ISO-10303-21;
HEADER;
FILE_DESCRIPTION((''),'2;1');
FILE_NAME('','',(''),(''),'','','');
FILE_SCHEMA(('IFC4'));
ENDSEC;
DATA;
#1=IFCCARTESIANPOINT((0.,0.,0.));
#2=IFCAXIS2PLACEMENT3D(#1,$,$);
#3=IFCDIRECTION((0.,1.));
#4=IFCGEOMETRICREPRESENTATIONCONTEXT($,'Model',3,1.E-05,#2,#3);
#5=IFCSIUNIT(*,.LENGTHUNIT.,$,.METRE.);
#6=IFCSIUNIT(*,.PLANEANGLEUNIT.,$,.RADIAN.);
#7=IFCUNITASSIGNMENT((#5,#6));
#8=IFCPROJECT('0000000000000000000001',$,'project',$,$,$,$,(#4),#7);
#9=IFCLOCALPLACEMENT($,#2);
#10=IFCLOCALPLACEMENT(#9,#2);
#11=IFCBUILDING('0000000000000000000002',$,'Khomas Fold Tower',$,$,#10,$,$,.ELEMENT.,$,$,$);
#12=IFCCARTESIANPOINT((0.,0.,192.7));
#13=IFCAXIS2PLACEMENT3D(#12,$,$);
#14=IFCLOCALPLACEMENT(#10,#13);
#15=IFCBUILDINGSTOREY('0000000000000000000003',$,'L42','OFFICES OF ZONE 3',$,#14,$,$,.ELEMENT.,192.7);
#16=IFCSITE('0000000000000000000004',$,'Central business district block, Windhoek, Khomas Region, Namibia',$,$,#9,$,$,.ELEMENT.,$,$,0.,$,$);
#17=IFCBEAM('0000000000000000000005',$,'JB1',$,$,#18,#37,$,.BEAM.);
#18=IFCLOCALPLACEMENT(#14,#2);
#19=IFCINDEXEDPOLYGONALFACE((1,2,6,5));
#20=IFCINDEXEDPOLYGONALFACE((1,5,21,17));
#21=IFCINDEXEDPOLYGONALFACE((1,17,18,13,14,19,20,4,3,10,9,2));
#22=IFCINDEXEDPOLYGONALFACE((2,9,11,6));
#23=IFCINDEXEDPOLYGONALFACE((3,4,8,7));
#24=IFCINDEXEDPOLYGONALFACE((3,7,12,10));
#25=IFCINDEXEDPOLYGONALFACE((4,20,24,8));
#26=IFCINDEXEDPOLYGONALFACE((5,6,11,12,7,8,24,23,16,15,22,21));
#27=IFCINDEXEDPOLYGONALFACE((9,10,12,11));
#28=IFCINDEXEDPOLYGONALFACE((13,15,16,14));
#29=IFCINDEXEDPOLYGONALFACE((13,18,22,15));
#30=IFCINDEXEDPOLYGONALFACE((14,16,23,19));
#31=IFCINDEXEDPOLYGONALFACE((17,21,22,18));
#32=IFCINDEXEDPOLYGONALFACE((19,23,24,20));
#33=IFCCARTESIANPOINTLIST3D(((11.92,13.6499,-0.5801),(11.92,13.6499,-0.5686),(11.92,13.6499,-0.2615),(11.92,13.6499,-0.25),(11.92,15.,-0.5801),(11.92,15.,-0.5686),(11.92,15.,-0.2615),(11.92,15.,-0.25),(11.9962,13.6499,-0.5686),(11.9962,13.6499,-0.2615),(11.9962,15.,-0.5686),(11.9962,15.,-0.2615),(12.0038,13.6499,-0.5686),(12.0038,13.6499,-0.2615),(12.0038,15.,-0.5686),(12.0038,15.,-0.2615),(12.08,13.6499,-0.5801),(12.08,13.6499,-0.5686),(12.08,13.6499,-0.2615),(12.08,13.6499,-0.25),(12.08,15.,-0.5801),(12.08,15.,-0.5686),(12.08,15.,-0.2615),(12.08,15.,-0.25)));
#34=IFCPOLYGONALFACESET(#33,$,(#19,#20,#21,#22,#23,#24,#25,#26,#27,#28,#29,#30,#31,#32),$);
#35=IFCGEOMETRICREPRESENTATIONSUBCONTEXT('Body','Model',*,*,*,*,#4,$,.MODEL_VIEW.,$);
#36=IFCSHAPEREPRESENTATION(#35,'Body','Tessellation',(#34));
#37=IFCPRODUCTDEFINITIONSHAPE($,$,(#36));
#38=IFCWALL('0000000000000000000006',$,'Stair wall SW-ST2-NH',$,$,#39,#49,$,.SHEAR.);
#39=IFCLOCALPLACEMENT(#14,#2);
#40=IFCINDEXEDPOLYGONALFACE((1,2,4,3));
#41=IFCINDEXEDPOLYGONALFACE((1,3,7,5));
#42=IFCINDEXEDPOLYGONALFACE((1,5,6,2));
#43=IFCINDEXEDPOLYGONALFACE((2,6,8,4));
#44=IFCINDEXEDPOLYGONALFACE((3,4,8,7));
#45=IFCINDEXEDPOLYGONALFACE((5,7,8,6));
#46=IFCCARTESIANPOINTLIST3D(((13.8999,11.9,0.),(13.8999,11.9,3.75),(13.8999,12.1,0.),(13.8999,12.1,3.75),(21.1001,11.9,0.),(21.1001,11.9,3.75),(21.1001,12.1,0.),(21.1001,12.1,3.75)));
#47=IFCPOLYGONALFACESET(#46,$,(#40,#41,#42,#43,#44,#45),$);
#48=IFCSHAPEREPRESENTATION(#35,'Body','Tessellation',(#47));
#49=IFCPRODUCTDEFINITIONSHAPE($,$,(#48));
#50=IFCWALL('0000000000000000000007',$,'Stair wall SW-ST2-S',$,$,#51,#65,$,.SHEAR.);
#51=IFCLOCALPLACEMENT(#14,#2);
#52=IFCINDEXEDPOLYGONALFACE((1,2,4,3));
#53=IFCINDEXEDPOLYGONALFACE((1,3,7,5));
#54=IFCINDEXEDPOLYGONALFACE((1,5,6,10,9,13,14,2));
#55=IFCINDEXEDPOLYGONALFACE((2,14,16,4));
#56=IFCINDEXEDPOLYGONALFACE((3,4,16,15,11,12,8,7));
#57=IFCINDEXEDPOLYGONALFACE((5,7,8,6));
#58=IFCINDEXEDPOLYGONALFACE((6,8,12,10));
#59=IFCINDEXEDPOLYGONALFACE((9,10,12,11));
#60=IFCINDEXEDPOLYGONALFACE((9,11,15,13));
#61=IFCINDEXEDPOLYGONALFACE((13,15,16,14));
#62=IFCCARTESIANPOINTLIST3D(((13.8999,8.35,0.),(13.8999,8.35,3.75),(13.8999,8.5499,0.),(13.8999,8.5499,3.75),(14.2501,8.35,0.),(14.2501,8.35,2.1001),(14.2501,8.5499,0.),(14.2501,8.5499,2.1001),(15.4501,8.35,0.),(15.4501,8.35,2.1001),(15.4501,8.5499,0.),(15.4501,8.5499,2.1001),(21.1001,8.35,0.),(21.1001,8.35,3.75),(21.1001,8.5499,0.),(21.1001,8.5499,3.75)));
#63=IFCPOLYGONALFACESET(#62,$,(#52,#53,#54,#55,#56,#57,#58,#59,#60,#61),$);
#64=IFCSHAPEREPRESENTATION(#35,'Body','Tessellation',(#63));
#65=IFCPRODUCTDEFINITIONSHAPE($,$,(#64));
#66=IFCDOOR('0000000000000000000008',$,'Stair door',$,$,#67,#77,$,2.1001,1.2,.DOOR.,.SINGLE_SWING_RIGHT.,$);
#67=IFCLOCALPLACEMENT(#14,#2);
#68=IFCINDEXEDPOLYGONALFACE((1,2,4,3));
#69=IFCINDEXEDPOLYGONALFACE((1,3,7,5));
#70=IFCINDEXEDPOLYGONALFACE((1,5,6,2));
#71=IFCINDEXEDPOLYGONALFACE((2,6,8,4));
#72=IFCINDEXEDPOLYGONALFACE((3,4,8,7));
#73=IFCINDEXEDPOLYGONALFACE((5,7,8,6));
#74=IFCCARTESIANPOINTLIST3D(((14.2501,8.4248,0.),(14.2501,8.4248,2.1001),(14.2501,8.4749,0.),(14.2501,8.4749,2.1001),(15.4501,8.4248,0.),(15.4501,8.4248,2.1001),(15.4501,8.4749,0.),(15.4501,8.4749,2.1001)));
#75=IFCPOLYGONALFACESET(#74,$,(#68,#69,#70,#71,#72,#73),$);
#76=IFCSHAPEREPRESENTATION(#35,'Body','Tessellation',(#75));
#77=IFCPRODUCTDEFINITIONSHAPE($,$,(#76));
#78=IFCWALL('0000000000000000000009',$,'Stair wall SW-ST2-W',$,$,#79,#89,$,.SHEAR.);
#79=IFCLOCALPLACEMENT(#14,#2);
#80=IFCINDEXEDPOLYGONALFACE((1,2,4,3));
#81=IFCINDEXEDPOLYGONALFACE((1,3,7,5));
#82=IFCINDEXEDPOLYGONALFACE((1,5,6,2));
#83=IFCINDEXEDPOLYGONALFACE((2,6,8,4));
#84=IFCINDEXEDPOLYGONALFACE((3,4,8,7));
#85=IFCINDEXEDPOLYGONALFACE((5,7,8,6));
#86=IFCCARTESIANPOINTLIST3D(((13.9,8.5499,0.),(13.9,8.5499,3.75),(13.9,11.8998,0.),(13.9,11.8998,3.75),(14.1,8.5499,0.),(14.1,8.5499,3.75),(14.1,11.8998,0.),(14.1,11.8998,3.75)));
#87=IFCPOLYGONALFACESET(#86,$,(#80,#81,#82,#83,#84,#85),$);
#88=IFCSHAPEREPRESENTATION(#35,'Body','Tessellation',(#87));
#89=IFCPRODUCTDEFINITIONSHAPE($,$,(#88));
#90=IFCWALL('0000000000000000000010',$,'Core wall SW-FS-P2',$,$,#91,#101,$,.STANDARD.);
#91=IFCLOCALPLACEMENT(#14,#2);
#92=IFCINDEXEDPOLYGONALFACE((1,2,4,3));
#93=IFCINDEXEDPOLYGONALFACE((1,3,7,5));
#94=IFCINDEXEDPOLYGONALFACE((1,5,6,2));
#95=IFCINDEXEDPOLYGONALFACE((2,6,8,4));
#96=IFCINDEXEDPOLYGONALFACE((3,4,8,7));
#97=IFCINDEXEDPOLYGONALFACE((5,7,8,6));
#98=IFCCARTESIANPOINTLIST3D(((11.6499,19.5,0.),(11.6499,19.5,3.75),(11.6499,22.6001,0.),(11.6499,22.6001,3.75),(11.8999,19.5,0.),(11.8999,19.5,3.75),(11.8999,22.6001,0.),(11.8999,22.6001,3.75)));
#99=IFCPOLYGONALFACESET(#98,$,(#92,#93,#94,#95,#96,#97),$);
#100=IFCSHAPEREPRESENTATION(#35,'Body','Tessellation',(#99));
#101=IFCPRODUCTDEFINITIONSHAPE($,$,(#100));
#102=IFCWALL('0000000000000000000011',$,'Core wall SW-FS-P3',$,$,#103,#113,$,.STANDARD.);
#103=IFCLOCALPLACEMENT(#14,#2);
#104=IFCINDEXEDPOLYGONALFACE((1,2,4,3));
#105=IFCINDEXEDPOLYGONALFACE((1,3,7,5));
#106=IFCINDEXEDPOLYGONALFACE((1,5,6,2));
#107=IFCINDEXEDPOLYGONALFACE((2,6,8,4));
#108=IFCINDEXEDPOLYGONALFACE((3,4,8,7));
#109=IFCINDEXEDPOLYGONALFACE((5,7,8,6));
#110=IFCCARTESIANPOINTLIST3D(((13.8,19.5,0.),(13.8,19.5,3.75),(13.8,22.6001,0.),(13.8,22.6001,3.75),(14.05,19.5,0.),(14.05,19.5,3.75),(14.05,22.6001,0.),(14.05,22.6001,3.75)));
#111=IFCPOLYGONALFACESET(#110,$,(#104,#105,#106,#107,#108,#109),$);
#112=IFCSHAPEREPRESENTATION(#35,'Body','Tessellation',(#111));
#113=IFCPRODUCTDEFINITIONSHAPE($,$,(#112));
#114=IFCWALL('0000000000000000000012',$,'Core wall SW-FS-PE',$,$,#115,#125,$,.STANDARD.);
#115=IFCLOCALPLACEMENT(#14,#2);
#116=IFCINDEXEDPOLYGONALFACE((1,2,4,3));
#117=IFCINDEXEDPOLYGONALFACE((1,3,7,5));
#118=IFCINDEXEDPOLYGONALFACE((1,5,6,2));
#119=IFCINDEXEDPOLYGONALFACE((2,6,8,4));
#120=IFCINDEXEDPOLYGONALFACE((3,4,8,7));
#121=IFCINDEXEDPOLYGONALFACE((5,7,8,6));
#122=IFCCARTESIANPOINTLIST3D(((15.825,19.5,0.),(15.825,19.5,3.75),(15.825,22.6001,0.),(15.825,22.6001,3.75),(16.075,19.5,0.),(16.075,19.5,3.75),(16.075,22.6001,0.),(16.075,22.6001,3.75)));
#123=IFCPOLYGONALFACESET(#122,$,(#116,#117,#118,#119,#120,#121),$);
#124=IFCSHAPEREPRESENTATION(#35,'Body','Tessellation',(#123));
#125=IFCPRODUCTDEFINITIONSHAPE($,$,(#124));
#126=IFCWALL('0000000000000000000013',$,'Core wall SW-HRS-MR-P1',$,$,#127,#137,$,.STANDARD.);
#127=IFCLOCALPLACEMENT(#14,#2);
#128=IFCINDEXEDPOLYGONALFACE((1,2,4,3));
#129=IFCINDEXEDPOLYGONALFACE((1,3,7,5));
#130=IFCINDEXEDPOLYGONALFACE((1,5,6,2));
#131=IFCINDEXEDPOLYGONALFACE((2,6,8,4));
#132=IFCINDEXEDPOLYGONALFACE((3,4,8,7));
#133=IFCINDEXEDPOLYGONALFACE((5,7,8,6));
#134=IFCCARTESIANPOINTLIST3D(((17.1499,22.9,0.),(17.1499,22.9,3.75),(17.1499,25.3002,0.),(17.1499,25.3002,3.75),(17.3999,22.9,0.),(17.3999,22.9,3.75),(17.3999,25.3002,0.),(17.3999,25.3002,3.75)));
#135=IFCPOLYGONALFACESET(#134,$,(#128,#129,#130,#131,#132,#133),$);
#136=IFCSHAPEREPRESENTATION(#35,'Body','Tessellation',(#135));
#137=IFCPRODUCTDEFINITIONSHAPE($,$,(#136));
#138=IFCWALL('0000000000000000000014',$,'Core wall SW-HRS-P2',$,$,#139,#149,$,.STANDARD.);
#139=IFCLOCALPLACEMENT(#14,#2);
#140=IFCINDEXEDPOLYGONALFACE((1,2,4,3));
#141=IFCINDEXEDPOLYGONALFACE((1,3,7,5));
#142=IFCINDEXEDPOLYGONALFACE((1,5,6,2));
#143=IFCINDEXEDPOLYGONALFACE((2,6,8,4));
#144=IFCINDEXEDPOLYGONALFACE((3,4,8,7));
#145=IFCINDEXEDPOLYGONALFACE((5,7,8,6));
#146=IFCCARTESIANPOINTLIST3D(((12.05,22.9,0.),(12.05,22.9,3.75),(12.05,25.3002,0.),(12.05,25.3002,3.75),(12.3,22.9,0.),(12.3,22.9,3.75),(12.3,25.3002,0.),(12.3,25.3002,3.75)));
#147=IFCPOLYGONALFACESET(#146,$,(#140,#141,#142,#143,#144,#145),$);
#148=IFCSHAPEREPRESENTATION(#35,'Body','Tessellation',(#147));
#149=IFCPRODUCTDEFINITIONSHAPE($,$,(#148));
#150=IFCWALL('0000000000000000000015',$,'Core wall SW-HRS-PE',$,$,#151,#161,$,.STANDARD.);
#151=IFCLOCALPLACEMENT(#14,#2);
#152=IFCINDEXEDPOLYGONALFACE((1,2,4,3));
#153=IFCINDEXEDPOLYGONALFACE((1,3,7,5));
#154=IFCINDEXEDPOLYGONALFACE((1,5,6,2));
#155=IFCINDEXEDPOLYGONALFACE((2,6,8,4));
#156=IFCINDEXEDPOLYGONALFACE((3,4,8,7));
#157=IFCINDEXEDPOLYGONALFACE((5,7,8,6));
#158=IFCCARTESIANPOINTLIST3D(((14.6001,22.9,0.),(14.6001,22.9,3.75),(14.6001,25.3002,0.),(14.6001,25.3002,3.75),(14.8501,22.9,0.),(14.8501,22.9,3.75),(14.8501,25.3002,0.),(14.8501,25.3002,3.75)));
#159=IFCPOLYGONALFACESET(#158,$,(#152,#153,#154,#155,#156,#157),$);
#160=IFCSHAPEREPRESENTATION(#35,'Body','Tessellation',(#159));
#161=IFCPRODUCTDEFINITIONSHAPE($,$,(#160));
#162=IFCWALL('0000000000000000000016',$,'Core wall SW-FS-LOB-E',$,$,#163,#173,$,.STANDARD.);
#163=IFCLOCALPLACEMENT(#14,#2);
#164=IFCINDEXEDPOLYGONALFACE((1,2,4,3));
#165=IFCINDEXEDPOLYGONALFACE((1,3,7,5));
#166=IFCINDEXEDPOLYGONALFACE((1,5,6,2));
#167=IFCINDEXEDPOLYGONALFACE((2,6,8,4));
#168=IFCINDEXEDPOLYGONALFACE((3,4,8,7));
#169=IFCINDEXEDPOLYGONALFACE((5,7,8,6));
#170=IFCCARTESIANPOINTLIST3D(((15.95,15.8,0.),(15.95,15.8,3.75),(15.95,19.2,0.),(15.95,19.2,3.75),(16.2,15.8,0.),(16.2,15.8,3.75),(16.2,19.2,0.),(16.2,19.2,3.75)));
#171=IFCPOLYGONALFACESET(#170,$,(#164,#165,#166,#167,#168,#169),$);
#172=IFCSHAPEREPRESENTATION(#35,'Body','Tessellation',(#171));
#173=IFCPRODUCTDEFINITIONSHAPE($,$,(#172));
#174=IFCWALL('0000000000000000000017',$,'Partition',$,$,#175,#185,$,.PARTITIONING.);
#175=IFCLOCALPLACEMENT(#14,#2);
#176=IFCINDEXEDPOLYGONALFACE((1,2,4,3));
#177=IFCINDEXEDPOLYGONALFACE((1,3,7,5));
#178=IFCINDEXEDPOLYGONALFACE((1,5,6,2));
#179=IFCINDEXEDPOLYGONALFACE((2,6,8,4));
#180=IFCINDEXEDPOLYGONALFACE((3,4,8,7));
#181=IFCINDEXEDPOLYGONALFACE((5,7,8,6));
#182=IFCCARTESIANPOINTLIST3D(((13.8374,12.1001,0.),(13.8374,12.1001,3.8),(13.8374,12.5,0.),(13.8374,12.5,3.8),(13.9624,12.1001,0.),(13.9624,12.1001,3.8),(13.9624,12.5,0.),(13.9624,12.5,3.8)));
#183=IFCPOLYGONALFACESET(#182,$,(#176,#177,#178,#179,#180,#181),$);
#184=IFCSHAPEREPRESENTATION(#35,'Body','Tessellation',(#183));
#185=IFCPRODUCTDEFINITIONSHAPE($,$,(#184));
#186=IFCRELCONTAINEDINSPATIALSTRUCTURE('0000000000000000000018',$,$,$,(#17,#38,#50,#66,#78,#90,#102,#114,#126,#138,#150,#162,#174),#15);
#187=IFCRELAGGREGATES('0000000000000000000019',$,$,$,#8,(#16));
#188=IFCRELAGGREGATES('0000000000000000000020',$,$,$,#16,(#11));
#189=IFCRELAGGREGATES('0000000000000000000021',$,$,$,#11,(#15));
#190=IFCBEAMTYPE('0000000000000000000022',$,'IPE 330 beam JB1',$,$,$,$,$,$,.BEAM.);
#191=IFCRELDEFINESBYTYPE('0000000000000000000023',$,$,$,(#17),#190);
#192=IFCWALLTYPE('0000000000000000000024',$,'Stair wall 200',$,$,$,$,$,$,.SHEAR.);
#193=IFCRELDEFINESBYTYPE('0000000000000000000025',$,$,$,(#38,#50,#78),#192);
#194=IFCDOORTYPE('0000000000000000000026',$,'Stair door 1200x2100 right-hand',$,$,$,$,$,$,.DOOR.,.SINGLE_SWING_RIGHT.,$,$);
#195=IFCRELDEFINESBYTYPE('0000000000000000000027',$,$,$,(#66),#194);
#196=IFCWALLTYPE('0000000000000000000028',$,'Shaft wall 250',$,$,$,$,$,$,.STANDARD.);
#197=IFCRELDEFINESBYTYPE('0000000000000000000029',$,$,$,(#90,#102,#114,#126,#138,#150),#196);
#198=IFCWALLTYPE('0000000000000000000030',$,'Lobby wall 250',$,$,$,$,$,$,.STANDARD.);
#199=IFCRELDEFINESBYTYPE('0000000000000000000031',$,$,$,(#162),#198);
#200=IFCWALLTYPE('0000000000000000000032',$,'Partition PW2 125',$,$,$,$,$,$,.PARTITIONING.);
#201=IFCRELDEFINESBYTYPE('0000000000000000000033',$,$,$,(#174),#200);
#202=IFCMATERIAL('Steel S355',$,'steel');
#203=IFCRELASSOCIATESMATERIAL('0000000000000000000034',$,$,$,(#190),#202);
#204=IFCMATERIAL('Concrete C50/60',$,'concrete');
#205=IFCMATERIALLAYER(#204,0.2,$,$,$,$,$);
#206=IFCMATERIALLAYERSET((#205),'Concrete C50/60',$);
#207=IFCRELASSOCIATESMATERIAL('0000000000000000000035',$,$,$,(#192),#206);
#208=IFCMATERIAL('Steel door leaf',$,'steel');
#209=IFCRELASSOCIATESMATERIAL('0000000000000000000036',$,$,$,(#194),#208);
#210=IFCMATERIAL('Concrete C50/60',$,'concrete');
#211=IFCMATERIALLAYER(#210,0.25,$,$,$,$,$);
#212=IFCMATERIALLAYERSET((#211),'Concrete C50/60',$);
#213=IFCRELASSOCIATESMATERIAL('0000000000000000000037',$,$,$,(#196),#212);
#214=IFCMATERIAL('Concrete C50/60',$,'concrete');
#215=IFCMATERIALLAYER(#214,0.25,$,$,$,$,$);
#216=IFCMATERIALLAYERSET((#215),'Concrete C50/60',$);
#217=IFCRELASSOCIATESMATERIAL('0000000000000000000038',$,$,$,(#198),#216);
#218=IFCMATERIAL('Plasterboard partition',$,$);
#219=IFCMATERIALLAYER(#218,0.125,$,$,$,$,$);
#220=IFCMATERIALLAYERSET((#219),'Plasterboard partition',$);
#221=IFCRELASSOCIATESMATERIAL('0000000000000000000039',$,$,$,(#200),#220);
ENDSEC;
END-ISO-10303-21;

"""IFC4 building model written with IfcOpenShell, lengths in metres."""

from ifc_helpers import new_model, si_unit, direction, frame, frame_2d, origin, origin_2d, place, context, subcontext, project, spatial, rectangle, i_section, extrude, source, transform, mapped, material, layer, layer_set, material_profile, profile_set, type_object, element, fill, save


model = new_model("IFC4")

# Units and contexts
model_context = context("Model", 3, precision=1e-05, world=origin(), true_north=direction((0.0, 1.0)))
body_context = subcontext(model_context, "Body", "Model", "MODEL_VIEW")
ifc_project = project(units=[si_unit("LENGTHUNIT", "METRE"), si_unit("PLANEANGLEUNIT", "RADIAN")], contexts=[model_context])

# Site, building, storey
site_placement = place(None, origin())
site = spatial("IfcSite", under=ifc_project, at=site_placement, Name="Central business district block, Windhoek, Khomas Region, Namibia", CompositionType="ELEMENT", RefElevation=0.0)
building_placement = place(site_placement, origin())
building = spatial("IfcBuilding", under=site, at=building_placement, Name="Khomas Fold Tower", CompositionType="ELEMENT")
storey_placement = place(building_placement, frame((0.0, 0.0, 192.7)))
storey = spatial("IfcBuildingStorey", under=building, at=storey_placement, Name="L42", Description="OFFICES OF ZONE 3", CompositionType="ELEMENT", Elevation=192.7)

# Beam
ifc_material_1 = material(Name="Steel S355", Category="steel")
ifc_material_profile = material_profile(ifc_material_1, i_section(OverallWidth=0.1599, OverallDepth=0.3301, WebThickness=0.0076, FlangeThickness=0.0115, at=origin_2d()), Name="IPE 330")
ifc_profile_set = profile_set([ifc_material_profile], Name="Steel S355")
beam_type = type_object("IfcBeamType", Name="IPE 330 beam JB1", PredefinedType="BEAM", material=ifc_profile_set)
shared_shape_1 = source(origin(), body_context, "Body", "SweptSolid", [
    extrude(i_section(OverallWidth=0.1599, OverallDepth=0.3301, WebThickness=0.0076, FlangeThickness=0.0115, at=origin_2d()), origin(), (0.0, 0.0, 1.0), 1.3501),
])
beam_placement = place(storey_placement, frame((12.0, 13.6499, -0.415), z_axis=(0.0, 1.0, 0.0), x_axis=(-1.0, 0.0, 0.0)))
element("IfcBeam", 1, at=beam_placement, inside=storey, type_object=beam_type, Name="JB1", PredefinedType="BEAM", context=body_context, shape_type="MappedRepresentation", body=[
    mapped(shared_shape_1, transform((0.0, 0.0, 0.0))),
])

# Wall
ifc_material_2 = material(Name="Concrete C50/60", Category="concrete")
ifc_layer_1 = layer(ifc_material_2, 0.2)
ifc_layer_set_1 = layer_set([ifc_layer_1], Name="Concrete C50/60")
wall_type_1 = type_object("IfcWallType", Name="Stair wall 200", PredefinedType="SHEAR", material=ifc_layer_set_1)
shared_shape_2 = source(origin(), body_context, "Body", "SweptSolid", [
    extrude(rectangle(XDim=7.2002, YDim=0.2, at=frame_2d((3.6001, 0.0))), origin(), (0.0, 0.0, 1.0), 3.75),
])
wall_1_placement = place(storey_placement, frame((13.8999, 12.0, 0.0), z_axis=(0.0, 0.0, 1.0), x_axis=(1.0, 0.0, 0.0)))
element("IfcWall", 2, at=wall_1_placement, inside=storey, type_object=wall_type_1, Name="Stair wall SW-ST2-NH", PredefinedType="SHEAR", context=body_context, shape_type="MappedRepresentation", body=[
    mapped(shared_shape_2, transform((0.0, 0.0, 0.0))),
])

# Wall, opening, door
wall_2_placement = place(storey_placement, frame((13.8999, 8.45, 0.0), z_axis=(0.0, 0.0, 1.0), x_axis=(1.0, 0.0, 0.0)))
wall_2 = element("IfcWall", 3, at=wall_2_placement, inside=storey, type_object=wall_type_1, Name="Stair wall SW-ST2-S", PredefinedType="SHEAR", context=body_context, shape_type="MappedRepresentation", body=[
    mapped(shared_shape_2, transform((0.0, 0.0, 0.0))),
])
shared_shape_3 = source(origin(), body_context, "Body", "SweptSolid", [
    extrude(rectangle(XDim=1.2, YDim=2.1001, at=frame_2d((0.6001, 1.05))), frame((0.0, 0.1099, 0.0), z_axis=(0.0, -1.0, 0.0), x_axis=(1.0, 0.0, 0.0)), (0.0, 0.0, 1.0), 0.22),
])
opening_placement = place(wall_2_placement, frame((0.3501, 0.0, 0.0)))
opening = element("IfcOpeningElement", 4, at=opening_placement, cuts=wall_2, PredefinedType="OPENING", context=body_context, shape_type="MappedRepresentation", body=[
    mapped(shared_shape_3, transform((0.0, 0.0, 0.0))),
])
ifc_material_3 = material(Name="Steel door leaf", Category="steel")
door_type = type_object("IfcDoorType", Name="Stair door 1200x2100 right-hand", OperationType="SINGLE_SWING_RIGHT", PredefinedType="DOOR", material=ifc_material_3)
shared_shape_4 = source(origin(), body_context, "Body", "SweptSolid", [
    extrude(rectangle(XDim=1.2, YDim=2.1001, at=frame_2d((0.6001, 1.05))), frame((0.0, 0.0249, 0.0), z_axis=(0.0, -1.0, 0.0), x_axis=(1.0, 0.0, 0.0)), (0.0, 0.0, 1.0), 0.05),
])
door_placement = place(opening_placement, origin())
door = element("IfcDoor", 5, at=door_placement, inside=storey, type_object=door_type, Name="Stair door", OperationType="SINGLE_SWING_RIGHT", OverallHeight=2.1001, OverallWidth=1.2, PredefinedType="DOOR", context=body_context, shape_type="MappedRepresentation", body=[
    mapped(shared_shape_4, transform((0.0, 0.0, 0.0))),
])
fill(opening, door)

# Walls
shared_shape_5 = source(origin(), body_context, "Body", "SweptSolid", [
    extrude(rectangle(XDim=3.3499, YDim=0.2, at=frame_2d((1.6748, 0.0))), origin(), (0.0, 0.0, 1.0), 3.75),
])
wall_3_placement = place(storey_placement, frame((14.0, 8.55, 0.0), z_axis=(0.0, 0.0, 1.0), x_axis=(0.0, 1.0, 0.0)))
element("IfcWall", 6, at=wall_3_placement, inside=storey, type_object=wall_type_1, Name="Stair wall SW-ST2-W", PredefinedType="SHEAR", context=body_context, shape_type="MappedRepresentation", body=[
    mapped(shared_shape_5, transform((0.0, 0.0, 0.0))),
])
ifc_material_4 = material(Name="Concrete C50/60", Category="concrete")
ifc_layer_2 = layer(ifc_material_4, 0.25)
ifc_layer_set_2 = layer_set([ifc_layer_2], Name="Concrete C50/60")
wall_type_2 = type_object("IfcWallType", Name="Shaft wall 250", PredefinedType="STANDARD", material=ifc_layer_set_2)
shared_shape_6 = source(origin(), body_context, "Body", "SweptSolid", [
    extrude(rectangle(XDim=3.1001, YDim=0.25, at=frame_2d((1.55, 0.0))), origin(), (0.0, 0.0, 1.0), 3.75),
])
for number, where, z_axis, x_axis, name in (
    (7, (11.7749, 19.5, 0.0), (0.0, 0.0, 1.0), (0.0, 1.0, 0.0), "Core wall SW-FS-P2"),
    (8, (13.925, 19.5, 0.0), (0.0, 0.0, 1.0), (0.0, 1.0, 0.0), "Core wall SW-FS-P3"),
    (9, (15.95, 19.5, 0.0), (0.0, 0.0, 1.0), (0.0, 1.0, 0.0), "Core wall SW-FS-PE"),
):
    element("IfcWall", number, at=place(storey_placement, frame(where, z_axis=z_axis, x_axis=x_axis)), inside=storey, type_object=wall_type_2, Name=name, PredefinedType="STANDARD", context=body_context, shape_type="MappedRepresentation", body=[
        mapped(shared_shape_6, transform((0.0, 0.0, 0.0))),
    ])
shared_shape_7 = source(origin(), body_context, "Body", "SweptSolid", [
    extrude(rectangle(XDim=2.4001, YDim=0.25, at=frame_2d((1.2002, 0.0))), origin(), (0.0, 0.0, 1.0), 3.75),
])
for number, where, z_axis, x_axis, name in (
    (10, (17.2749, 22.8999, 0.0), (0.0, 0.0, 1.0), (0.0, 1.0, 0.0), "Core wall SW-HRS-MR-P1"),
    (11, (12.175, 22.8999, 0.0), (0.0, 0.0, 1.0), (0.0, 1.0, 0.0), "Core wall SW-HRS-P2"),
    (12, (14.7251, 22.8999, 0.0), (0.0, 0.0, 1.0), (0.0, 1.0, 0.0), "Core wall SW-HRS-PE"),
):
    element("IfcWall", number, at=place(storey_placement, frame(where, z_axis=z_axis, x_axis=x_axis)), inside=storey, type_object=wall_type_2, Name=name, PredefinedType="STANDARD", context=body_context, shape_type="MappedRepresentation", body=[
        mapped(shared_shape_7, transform((0.0, 0.0, 0.0))),
    ])
ifc_material_5 = material(Name="Concrete C50/60", Category="concrete")
ifc_layer_3 = layer(ifc_material_5, 0.25)
ifc_layer_set_3 = layer_set([ifc_layer_3], Name="Concrete C50/60")
wall_type_3 = type_object("IfcWallType", Name="Lobby wall 250", PredefinedType="STANDARD", material=ifc_layer_set_3)
shared_shape_8 = source(origin(), body_context, "Body", "SweptSolid", [
    extrude(rectangle(XDim=3.3999, YDim=0.25, at=frame_2d((1.7, 0.0))), origin(), (0.0, 0.0, 1.0), 3.75),
])
wall_4_placement = place(storey_placement, frame((16.075, 15.8, 0.0), z_axis=(0.0, 0.0, 1.0), x_axis=(0.0, 1.0, 0.0)))
element("IfcWall", 13, at=wall_4_placement, inside=storey, type_object=wall_type_3, Name="Core wall SW-FS-LOB-E", PredefinedType="STANDARD", context=body_context, shape_type="MappedRepresentation", body=[
    mapped(shared_shape_8, transform((0.0, 0.0, 0.0))),
])
ifc_material_6 = material(Name="Plasterboard partition")
ifc_layer_4 = layer(ifc_material_6, 0.125)
ifc_layer_set_4 = layer_set([ifc_layer_4], Name="Plasterboard partition")
wall_type_4 = type_object("IfcWallType", Name="Partition PW2 125", PredefinedType="PARTITIONING", material=ifc_layer_set_4)
shared_shape_9 = source(origin(), body_context, "Body", "SweptSolid", [
    extrude(rectangle(XDim=0.3999, YDim=0.125, at=frame_2d((0.2, 0.0))), origin(), (0.0, 0.0, 1.0), 3.8),
])
wall_5_placement = place(storey_placement, frame((13.8999, 12.1001, 0.0), z_axis=(0.0, 0.0, 1.0), x_axis=(0.0, 1.0, 0.0)))
element("IfcWall", 14, at=wall_5_placement, inside=storey, type_object=wall_type_4, Name="Partition", PredefinedType="PARTITIONING", context=body_context, shape_type="MappedRepresentation", body=[
    mapped(shared_shape_9, transform((0.0, 0.0, 0.0))),
])

save(model, "model.ifc")
